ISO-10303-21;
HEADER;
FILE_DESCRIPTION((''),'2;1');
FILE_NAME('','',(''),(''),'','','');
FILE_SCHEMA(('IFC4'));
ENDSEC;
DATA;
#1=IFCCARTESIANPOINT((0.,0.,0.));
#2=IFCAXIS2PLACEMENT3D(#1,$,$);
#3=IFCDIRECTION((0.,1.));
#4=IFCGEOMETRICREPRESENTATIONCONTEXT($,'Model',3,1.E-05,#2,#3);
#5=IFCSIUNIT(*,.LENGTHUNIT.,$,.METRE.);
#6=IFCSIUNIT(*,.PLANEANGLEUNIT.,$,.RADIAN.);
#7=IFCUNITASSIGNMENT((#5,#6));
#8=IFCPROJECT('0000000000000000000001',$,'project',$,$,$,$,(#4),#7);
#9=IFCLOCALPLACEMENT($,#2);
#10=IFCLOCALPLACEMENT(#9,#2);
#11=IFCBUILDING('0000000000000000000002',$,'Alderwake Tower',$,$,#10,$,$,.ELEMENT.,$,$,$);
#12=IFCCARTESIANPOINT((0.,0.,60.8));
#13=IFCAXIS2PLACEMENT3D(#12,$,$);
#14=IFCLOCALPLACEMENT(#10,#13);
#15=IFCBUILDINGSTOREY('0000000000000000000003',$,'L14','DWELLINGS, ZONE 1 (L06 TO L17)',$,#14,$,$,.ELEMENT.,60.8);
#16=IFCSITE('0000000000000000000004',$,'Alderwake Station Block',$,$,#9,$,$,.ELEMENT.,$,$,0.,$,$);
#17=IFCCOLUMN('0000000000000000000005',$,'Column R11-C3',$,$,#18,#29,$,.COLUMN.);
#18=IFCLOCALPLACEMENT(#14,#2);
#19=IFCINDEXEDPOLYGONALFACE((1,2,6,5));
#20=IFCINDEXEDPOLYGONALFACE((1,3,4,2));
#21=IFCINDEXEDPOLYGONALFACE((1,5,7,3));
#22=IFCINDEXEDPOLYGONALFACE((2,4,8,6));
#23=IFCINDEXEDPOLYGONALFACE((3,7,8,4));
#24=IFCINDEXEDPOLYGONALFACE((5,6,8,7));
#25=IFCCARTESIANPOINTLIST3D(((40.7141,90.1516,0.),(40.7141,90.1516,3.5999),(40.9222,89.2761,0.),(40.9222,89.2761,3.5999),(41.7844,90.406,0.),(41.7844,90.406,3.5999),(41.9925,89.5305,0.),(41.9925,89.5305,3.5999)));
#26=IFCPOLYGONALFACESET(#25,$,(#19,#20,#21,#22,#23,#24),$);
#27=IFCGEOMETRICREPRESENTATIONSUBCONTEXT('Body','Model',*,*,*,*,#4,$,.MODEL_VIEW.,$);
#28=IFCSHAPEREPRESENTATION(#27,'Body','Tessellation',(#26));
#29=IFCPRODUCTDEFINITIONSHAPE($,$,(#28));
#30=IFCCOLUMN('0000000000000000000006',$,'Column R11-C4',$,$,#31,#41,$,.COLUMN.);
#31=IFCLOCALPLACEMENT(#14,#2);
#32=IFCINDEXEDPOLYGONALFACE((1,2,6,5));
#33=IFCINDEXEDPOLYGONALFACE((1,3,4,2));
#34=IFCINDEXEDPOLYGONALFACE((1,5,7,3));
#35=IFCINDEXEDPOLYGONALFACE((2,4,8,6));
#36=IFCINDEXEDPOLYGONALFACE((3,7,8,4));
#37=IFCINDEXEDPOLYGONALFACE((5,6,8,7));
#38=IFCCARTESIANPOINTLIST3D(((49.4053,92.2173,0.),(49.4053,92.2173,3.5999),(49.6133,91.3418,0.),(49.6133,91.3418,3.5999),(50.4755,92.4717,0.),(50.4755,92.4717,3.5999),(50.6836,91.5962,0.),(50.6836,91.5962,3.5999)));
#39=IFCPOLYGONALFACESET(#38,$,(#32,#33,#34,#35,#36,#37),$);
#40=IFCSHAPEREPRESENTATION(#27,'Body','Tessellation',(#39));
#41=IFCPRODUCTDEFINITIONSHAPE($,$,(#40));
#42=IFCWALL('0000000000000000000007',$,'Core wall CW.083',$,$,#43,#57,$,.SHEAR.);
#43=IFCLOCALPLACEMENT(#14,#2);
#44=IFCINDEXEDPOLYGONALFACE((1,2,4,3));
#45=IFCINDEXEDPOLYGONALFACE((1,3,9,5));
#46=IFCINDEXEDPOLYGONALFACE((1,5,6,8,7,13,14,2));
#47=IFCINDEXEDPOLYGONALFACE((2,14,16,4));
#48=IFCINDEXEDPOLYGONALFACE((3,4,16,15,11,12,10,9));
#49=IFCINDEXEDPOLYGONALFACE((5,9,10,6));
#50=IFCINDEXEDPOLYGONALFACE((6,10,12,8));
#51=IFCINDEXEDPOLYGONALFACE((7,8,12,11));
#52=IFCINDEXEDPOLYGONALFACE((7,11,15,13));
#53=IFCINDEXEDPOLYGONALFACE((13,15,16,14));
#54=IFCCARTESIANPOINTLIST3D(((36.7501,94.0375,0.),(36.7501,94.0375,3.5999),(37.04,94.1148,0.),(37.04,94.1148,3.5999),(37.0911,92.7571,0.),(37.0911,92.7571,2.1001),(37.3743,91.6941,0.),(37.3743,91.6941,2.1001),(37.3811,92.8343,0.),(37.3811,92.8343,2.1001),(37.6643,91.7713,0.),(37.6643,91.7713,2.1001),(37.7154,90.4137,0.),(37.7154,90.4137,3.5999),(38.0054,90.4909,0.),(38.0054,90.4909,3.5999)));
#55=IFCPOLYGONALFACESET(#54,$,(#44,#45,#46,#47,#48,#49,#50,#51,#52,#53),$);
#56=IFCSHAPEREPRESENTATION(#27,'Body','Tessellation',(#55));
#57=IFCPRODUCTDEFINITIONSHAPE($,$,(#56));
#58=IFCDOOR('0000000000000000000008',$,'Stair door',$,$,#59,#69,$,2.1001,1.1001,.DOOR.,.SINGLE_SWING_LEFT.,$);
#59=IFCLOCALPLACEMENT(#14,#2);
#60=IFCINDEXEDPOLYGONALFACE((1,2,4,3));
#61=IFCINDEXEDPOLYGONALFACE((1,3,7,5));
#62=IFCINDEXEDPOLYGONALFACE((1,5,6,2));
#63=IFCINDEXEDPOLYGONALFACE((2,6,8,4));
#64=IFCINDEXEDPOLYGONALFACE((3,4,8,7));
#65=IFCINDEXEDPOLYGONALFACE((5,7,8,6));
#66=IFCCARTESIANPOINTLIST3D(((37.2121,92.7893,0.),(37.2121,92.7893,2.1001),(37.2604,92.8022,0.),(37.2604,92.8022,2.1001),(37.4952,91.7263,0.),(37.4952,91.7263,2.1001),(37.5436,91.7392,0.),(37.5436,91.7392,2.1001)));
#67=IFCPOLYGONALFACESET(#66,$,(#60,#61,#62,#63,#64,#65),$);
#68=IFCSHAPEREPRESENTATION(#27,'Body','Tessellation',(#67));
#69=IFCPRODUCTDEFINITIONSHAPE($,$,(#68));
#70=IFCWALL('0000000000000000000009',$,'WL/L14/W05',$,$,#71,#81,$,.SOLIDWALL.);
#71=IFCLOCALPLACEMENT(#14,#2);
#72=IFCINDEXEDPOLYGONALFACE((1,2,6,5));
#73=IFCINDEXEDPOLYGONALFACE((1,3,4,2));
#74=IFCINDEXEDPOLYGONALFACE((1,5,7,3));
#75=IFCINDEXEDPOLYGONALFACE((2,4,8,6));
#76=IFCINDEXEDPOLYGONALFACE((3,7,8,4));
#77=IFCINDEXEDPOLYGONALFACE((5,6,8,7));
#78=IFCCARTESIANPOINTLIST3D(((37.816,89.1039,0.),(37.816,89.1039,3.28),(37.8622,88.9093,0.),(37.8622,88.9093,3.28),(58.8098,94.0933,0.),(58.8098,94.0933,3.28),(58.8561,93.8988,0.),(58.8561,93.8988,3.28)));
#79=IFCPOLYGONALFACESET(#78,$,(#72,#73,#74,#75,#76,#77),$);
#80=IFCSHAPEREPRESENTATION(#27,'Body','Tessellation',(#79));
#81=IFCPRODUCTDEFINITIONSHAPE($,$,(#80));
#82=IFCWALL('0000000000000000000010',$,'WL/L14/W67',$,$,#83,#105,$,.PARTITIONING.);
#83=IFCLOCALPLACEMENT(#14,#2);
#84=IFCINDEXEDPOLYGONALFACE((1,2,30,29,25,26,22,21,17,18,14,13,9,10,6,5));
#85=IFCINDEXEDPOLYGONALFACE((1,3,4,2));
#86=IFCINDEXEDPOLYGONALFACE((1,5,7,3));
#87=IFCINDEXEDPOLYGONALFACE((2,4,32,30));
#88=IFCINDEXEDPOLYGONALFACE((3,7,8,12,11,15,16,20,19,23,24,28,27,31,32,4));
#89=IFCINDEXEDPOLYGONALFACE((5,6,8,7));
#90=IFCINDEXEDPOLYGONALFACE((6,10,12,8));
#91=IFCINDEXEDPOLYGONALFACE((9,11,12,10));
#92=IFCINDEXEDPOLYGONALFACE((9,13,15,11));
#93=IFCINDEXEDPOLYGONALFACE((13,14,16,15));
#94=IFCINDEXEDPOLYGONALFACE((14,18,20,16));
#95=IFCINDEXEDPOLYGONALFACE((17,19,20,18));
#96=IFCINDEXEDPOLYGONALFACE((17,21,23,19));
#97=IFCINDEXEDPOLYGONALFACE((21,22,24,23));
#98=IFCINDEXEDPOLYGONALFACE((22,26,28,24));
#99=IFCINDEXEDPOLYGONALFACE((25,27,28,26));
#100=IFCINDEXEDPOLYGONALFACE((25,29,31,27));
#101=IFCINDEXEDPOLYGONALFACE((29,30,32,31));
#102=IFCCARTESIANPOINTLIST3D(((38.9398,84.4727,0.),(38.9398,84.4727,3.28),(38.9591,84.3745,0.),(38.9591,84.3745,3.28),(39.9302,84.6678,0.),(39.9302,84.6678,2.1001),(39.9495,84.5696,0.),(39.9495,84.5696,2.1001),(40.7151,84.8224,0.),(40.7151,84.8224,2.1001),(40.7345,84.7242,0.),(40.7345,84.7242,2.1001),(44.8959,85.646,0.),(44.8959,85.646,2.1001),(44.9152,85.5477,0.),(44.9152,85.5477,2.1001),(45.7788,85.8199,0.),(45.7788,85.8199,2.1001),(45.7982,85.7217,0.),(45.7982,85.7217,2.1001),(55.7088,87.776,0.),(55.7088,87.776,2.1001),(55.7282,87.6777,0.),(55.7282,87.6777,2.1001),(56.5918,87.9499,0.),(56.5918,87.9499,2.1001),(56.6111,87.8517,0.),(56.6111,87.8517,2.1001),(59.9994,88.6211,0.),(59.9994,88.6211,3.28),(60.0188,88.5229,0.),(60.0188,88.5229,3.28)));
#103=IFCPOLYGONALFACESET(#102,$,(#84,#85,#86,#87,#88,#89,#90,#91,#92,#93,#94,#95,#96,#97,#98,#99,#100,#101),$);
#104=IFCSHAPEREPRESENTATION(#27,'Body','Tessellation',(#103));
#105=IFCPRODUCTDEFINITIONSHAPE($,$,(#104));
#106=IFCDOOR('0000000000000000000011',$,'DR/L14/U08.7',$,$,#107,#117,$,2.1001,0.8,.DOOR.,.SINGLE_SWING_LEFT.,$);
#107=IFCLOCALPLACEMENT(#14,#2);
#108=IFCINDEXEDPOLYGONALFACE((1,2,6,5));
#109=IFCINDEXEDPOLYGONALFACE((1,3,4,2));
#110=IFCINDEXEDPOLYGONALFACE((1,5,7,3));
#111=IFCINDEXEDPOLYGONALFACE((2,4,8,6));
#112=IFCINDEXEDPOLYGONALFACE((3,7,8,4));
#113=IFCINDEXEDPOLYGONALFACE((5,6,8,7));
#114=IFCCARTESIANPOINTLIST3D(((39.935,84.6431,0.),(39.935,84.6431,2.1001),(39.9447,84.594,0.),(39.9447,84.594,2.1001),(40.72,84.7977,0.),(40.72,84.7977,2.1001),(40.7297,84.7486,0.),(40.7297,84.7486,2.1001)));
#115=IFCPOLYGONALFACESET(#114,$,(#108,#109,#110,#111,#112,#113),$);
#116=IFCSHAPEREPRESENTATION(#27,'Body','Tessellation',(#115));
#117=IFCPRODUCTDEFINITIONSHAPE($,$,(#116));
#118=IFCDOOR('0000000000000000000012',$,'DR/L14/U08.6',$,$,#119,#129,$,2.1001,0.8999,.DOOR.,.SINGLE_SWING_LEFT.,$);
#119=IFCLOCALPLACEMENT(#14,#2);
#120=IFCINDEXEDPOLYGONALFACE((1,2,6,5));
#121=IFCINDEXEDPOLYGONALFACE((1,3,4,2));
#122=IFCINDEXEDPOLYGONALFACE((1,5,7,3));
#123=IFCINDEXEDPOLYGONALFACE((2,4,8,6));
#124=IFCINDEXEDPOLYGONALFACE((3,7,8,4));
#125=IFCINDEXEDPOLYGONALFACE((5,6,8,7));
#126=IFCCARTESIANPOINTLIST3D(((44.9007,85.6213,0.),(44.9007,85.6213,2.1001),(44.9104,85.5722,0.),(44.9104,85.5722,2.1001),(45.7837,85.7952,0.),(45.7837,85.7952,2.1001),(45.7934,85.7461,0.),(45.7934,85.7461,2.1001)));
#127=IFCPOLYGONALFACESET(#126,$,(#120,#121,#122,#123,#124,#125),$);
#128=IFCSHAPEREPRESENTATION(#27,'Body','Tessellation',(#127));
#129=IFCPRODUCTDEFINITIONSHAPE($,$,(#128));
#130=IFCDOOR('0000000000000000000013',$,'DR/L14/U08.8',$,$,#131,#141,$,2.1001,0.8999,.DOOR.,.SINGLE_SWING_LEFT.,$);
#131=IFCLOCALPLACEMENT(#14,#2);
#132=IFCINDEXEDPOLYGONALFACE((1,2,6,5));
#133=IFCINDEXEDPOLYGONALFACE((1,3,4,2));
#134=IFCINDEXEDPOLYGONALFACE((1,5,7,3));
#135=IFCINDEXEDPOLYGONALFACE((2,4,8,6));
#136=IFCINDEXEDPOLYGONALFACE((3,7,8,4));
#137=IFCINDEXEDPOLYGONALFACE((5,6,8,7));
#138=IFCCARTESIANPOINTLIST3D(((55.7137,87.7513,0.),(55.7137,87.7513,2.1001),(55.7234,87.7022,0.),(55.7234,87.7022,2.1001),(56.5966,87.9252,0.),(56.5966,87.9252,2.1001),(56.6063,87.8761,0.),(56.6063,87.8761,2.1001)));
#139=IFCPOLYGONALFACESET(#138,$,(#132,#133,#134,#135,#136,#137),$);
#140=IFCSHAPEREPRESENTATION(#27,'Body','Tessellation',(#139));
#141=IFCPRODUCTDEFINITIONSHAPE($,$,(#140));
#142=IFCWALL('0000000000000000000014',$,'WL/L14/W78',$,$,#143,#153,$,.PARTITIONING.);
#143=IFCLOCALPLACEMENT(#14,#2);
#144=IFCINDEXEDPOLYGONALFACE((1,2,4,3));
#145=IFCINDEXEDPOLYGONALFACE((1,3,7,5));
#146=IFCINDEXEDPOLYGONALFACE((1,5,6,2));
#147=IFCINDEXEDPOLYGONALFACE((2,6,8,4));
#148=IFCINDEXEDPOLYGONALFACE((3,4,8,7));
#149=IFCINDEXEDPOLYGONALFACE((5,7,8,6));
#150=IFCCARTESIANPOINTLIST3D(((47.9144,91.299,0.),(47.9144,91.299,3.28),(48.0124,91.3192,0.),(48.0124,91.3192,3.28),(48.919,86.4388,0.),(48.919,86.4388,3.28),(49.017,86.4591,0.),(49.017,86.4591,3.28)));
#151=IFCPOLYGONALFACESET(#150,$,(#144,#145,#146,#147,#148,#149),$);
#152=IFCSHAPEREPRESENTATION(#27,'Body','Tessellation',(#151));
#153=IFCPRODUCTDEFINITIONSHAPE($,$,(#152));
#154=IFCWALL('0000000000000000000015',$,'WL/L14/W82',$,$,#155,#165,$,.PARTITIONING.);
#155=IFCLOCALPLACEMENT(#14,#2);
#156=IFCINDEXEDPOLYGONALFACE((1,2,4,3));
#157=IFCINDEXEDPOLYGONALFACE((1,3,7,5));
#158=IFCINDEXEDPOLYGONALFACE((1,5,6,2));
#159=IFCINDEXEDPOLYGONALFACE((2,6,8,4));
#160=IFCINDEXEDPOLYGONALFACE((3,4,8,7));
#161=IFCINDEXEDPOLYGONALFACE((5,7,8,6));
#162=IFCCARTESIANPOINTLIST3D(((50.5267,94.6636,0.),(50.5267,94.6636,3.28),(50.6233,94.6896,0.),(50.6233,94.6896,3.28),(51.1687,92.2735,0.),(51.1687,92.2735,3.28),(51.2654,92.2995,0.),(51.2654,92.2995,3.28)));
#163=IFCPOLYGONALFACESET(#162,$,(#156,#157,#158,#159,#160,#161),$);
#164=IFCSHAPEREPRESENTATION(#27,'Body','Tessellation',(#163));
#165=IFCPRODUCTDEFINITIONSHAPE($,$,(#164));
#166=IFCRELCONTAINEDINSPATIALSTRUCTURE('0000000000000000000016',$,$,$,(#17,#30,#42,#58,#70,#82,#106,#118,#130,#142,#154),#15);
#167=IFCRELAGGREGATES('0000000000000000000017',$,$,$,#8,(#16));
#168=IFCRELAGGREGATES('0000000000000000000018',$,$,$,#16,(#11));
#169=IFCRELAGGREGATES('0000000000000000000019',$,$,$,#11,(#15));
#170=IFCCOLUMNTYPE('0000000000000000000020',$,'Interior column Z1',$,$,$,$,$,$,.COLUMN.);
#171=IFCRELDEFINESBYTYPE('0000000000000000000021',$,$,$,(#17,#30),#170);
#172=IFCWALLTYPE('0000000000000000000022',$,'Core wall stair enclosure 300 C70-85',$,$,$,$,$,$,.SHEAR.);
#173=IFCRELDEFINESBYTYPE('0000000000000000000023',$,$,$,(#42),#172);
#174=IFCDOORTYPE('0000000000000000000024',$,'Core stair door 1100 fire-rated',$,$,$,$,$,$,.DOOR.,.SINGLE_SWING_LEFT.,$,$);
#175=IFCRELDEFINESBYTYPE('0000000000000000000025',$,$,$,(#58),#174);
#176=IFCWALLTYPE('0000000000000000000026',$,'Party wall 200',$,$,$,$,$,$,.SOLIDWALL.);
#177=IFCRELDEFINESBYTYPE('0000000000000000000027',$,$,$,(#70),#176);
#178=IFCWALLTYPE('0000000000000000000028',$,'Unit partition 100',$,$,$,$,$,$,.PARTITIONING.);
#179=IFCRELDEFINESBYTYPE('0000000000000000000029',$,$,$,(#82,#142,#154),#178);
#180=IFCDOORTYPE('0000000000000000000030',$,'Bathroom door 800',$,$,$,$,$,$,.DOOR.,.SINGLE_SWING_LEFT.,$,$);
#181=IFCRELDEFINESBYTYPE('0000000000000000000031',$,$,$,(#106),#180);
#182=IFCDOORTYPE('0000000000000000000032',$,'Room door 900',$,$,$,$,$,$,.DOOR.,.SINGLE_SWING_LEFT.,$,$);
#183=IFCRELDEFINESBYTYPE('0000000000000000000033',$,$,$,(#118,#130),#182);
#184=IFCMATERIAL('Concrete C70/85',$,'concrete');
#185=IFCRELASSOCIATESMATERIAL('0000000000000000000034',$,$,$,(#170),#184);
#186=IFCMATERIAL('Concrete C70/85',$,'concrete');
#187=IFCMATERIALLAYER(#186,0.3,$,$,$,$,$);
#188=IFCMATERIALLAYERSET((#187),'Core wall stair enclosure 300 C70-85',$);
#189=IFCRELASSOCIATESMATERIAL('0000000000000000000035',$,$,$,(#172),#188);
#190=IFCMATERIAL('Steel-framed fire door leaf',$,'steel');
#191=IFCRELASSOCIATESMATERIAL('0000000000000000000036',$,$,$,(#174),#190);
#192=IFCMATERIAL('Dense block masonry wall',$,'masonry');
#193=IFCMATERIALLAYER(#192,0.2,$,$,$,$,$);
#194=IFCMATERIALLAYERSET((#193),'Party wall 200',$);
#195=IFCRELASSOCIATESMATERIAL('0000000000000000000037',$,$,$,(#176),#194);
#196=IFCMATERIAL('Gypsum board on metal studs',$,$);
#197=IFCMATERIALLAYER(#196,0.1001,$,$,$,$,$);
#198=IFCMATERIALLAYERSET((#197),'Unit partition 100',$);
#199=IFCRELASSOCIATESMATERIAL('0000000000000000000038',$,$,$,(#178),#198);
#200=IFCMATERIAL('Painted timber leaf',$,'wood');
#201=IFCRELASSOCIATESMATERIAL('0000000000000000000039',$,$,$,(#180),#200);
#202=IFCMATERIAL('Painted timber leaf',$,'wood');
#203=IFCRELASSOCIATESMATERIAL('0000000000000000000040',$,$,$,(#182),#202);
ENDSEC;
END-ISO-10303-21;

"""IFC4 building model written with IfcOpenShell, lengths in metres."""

from ifc_helpers import new_model, si_unit, direction, frame, frame_2d, origin, origin_2d, place, context, subcontext, project, spatial, rectangle, extrude, material, layer, layer_set, material_profile, profile_set, type_object, element, fill, save


model = new_model("IFC4")

# Units and contexts
model_context = context("Model", 3, precision=1e-05, world=origin(), true_north=direction((0.0, 1.0)))
body_context = subcontext(model_context, "Body", "Model", "MODEL_VIEW")
ifc_project = project(units=[si_unit("LENGTHUNIT", "METRE"), si_unit("PLANEANGLEUNIT", "RADIAN")], contexts=[model_context])

# Site, building, storey
site_placement = place(None, origin())
site = spatial("IfcSite", under=ifc_project, at=site_placement, Name="Alderwake Station Block", CompositionType="ELEMENT", RefElevation=0.0)
building_placement = place(site_placement, origin())
building = spatial("IfcBuilding", under=site, at=building_placement, Name="Alderwake Tower", CompositionType="ELEMENT")
storey_placement = place(building_placement, frame((0.0, 0.0, 60.8)))
storey = spatial("IfcBuildingStorey", under=building, at=storey_placement, Name="L14", Description="DWELLINGS, ZONE 1 (L06 TO L17)", CompositionType="ELEMENT", Elevation=60.8)

# Columns
ifc_material_1 = material(Name="Concrete C70/85", Category="concrete")
ifc_material_profile = material_profile(ifc_material_1, rectangle(XDim=0.8999, YDim=1.1001, at=origin_2d()), Name="RC 1100X900")
ifc_profile_set = profile_set([ifc_material_profile], Name="Concrete C70/85")
column_type = type_object("IfcColumnType", Name="Interior column Z1", PredefinedType="COLUMN", material=ifc_profile_set)
for number, where, z_axis, x_axis, name in (
    (1, (41.3533, 89.8411, 0.0), (0.0, 0.0, 1.0), (-0.231222, 0.972901, 0.0), "Column R11-C3"),
    (2, (50.0444, 91.9067, 0.0), (0.0, 0.0, 1.0), (-0.231222, 0.972901, 0.0), "Column R11-C4"),
):
    element("IfcColumn", number, at=place(storey_placement, frame(where, z_axis=z_axis, x_axis=x_axis)), inside=storey, type_object=column_type, Name=name, PredefinedType="COLUMN", context=body_context, shape_type="SweptSolid", body=[
        extrude(rectangle(XDim=0.8999, YDim=1.1001, at=origin_2d()), origin(), (0.0, 0.0, 1.0), 3.5999),
    ])

# Wall, opening, door
ifc_material_2 = material(Name="Concrete C70/85", Category="concrete")
ifc_layer_1 = layer(ifc_material_2, 0.3)
ifc_layer_set_1 = layer_set([ifc_layer_1], Name="Core wall stair enclosure 300 C70-85")
wall_type_1 = type_object("IfcWallType", Name="Core wall stair enclosure 300 C70-85", PredefinedType="SHEAR", material=ifc_layer_set_1)
wall_1_placement = place(storey_placement, frame((37.8604, 90.4524, 0.0), z_axis=(0.0, 0.0, 1.0), x_axis=(-0.257411, 0.966302, 0.0)))
wall_1 = element("IfcWall", 3, at=wall_1_placement, inside=storey, type_object=wall_type_1, Name="Core wall CW.083", PredefinedType="SHEAR", context=body_context, shape_type="SweptSolid", body=[
    extrude(rectangle(XDim=3.7502, YDim=0.3, at=frame_2d((1.875, 0.0))), origin(), (0.0, 0.0, 1.0), 3.5999),
])
opening_1_placement = place(wall_1_placement, frame((1.325, 0.0, 0.0)))
opening_1 = element("IfcOpeningElement", 4, at=opening_1_placement, cuts=wall_1, PredefinedType="OPENING", context=body_context, shape_type="SweptSolid", body=[
    extrude(rectangle(XDim=1.1001, YDim=2.1001, at=frame_2d((0.55, 1.05))), frame((0.0, 0.1599, 0.0), z_axis=(0.0, -1.0, 0.0), x_axis=(1.0, 0.0, 0.0)), (0.0, 0.0, 1.0), 0.3201),
])
ifc_material_3 = material(Name="Steel-framed fire door leaf", Category="steel")
door_type_1 = type_object("IfcDoorType", Name="Core stair door 1100 fire-rated", OperationType="SINGLE_SWING_LEFT", PredefinedType="DOOR", material=ifc_material_3)
door_1_placement = place(opening_1_placement, origin())
door_1 = element("IfcDoor", 5, at=door_1_placement, inside=storey, type_object=door_type_1, Name="Stair door", OperationType="SINGLE_SWING_LEFT", OverallHeight=2.1001, OverallWidth=1.1001, PredefinedType="DOOR", context=body_context, shape_type="SweptSolid", body=[
    extrude(rectangle(XDim=1.1001, YDim=2.1001, at=frame_2d((0.55, 1.05))), frame((0.0, 0.0249, 0.0), z_axis=(0.0, -1.0, 0.0), x_axis=(1.0, 0.0, 0.0)), (0.0, 0.0, 1.0), 0.05),
])
fill(opening_1, door_1)

# Wall
ifc_material_4 = material(Name="Dense block masonry wall", Category="masonry")
ifc_layer_2 = layer(ifc_material_4, 0.2)
ifc_layer_set_2 = layer_set([ifc_layer_2], Name="Party wall 200")
wall_type_2 = type_object("IfcWallType", Name="Party wall 200", PredefinedType="SOLIDWALL", material=ifc_layer_set_2)
wall_2_placement = place(storey_placement, frame((37.8391, 89.0066, 0.0), z_axis=(0.0, 0.0, 1.0), x_axis=(0.972901, 0.231224, 0.0)))
element("IfcWall", 6, at=wall_2_placement, inside=storey, type_object=wall_type_2, Name="WL/L14/W05", PredefinedType="SOLIDWALL", context=body_context, shape_type="SweptSolid", body=[
    extrude(rectangle(XDim=21.5786, YDim=0.2, at=frame_2d((10.7893, 0.0))), origin(), (0.0, 0.0, 1.0), 3.28),
])

# Wall, openings, doors
ifc_material_5 = material(Name="Gypsum board on metal studs")
ifc_layer_3 = layer(ifc_material_5, 0.1001)
ifc_layer_set_3 = layer_set([ifc_layer_3], Name="Unit partition 100")
wall_type_3 = type_object("IfcWallType", Name="Unit partition 100", PredefinedType="PARTITIONING", material=ifc_layer_set_3)
wall_3_placement = place(storey_placement, frame((38.9495, 84.4236, 0.0), z_axis=(0.0, 0.0, 1.0), x_axis=(0.981145, 0.193272, 0.0)))
wall_3 = element("IfcWall", 7, at=wall_3_placement, inside=storey, type_object=wall_type_3, Name="WL/L14/W67", PredefinedType="PARTITIONING", context=body_context, shape_type="SweptSolid", body=[
    extrude(rectangle(XDim=21.4644, YDim=0.1001, at=frame_2d((10.7322, 0.0))), origin(), (0.0, 0.0, 1.0), 3.28),
])
opening_2_placement = place(wall_3_placement, frame((6.0706, 0.0, 0.0)))
opening_2 = element("IfcOpeningElement", 8, at=opening_2_placement, cuts=wall_3, PredefinedType="OPENING", context=body_context, shape_type="SweptSolid", body=[
    extrude(rectangle(XDim=0.8999, YDim=2.1001, at=frame_2d((0.45, 1.05))), frame((0.0, 0.0601, 0.0), z_axis=(0.0, -1.0, 0.0), x_axis=(1.0, 0.0, 0.0)), (0.0, 0.0, 1.0), 0.1201),
])
opening_3_placement = place(wall_3_placement, frame((1.0095, 0.0, 0.0)))
opening_3 = element("IfcOpeningElement", 9, at=opening_3_placement, cuts=wall_3, PredefinedType="OPENING", context=body_context, shape_type="SweptSolid", body=[
    extrude(rectangle(XDim=0.8, YDim=2.1001, at=frame_2d((0.3999, 1.05))), frame((0.0, 0.0601, 0.0), z_axis=(0.0, -1.0, 0.0), x_axis=(1.0, 0.0, 0.0)), (0.0, 0.0, 1.0), 0.1201),
])
opening_4_placement = place(wall_3_placement, frame((17.0913, 0.0, 0.0)))
opening_4 = element("IfcOpeningElement", 10, at=opening_4_placement, cuts=wall_3, PredefinedType="OPENING", context=body_context, shape_type="SweptSolid", body=[
    extrude(rectangle(XDim=0.8999, YDim=2.1001, at=frame_2d((0.45, 1.05))), frame((0.0, 0.0601, 0.0), z_axis=(0.0, -1.0, 0.0), x_axis=(1.0, 0.0, 0.0)), (0.0, 0.0, 1.0), 0.1201),
])
ifc_material_6 = material(Name="Painted timber leaf", Category="wood")
door_type_2 = type_object("IfcDoorType", Name="Bathroom door 800", OperationType="SINGLE_SWING_LEFT", PredefinedType="DOOR", material=ifc_material_6)
door_2_placement = place(opening_3_placement, origin())
door_2 = element("IfcDoor", 11, at=door_2_placement, inside=storey, type_object=door_type_2, Name="DR/L14/U08.7", OperationType="SINGLE_SWING_LEFT", OverallHeight=2.1001, OverallWidth=0.8, PredefinedType="DOOR", context=body_context, shape_type="SweptSolid", body=[
    extrude(rectangle(XDim=0.8, YDim=2.1001, at=frame_2d((0.3999, 1.05))), frame((0.0, 0.0249, 0.0), z_axis=(0.0, -1.0, 0.0), x_axis=(1.0, 0.0, 0.0)), (0.0, 0.0, 1.0), 0.05),
])
fill(opening_3, door_2)
ifc_material_7 = material(Name="Painted timber leaf", Category="wood")
door_type_3 = type_object("IfcDoorType", Name="Room door 900", OperationType="SINGLE_SWING_LEFT", PredefinedType="DOOR", material=ifc_material_7)
door_3_placement = place(opening_2_placement, origin())
door_3 = element("IfcDoor", 12, at=door_3_placement, inside=storey, type_object=door_type_3, Name="DR/L14/U08.6", OperationType="SINGLE_SWING_LEFT", OverallHeight=2.1001, OverallWidth=0.8999, PredefinedType="DOOR", context=body_context, shape_type="SweptSolid", body=[
    extrude(rectangle(XDim=0.8999, YDim=2.1001, at=frame_2d((0.45, 1.05))), frame((0.0, 0.0249, 0.0), z_axis=(0.0, -1.0, 0.0), x_axis=(1.0, 0.0, 0.0)), (0.0, 0.0, 1.0), 0.05),
])
fill(opening_2, door_3)
door_4_placement = place(opening_4_placement, origin())
door_4 = element("IfcDoor", 13, at=door_4_placement, inside=storey, type_object=door_type_3, Name="DR/L14/U08.8", OperationType="SINGLE_SWING_LEFT", OverallHeight=2.1001, OverallWidth=0.8999, PredefinedType="DOOR", context=body_context, shape_type="SweptSolid", body=[
    extrude(rectangle(XDim=0.8999, YDim=2.1001, at=frame_2d((0.45, 1.05))), frame((0.0, 0.0249, 0.0), z_axis=(0.0, -1.0, 0.0), x_axis=(1.0, 0.0, 0.0)), (0.0, 0.0, 1.0), 0.05),
])
fill(opening_4, door_4)

# Walls
wall_4_placement = place(storey_placement, frame((48.968, 86.449, 0.0), z_axis=(0.0, 0.0, 1.0), x_axis=(-0.202432, 0.979296, 0.0)))
element("IfcWall", 14, at=wall_4_placement, inside=storey, type_object=wall_type_3, Name="WL/L14/W78", PredefinedType="PARTITIONING", context=body_context, shape_type="SweptSolid", body=[
    extrude(rectangle(XDim=4.9629, YDim=0.1001, at=frame_2d((2.4814, 0.0))), origin(), (0.0, 0.0, 1.0), 3.28),
])
wall_5_placement = place(storey_placement, frame((51.217, 92.2866, 0.0), z_axis=(0.0, 0.0, 1.0), x_axis=(-0.259443, 0.965758, 0.0)))
element("IfcWall", 15, at=wall_5_placement, inside=storey, type_object=wall_type_3, Name="WL/L14/W82", PredefinedType="PARTITIONING", context=body_context, shape_type="SweptSolid", body=[
    extrude(rectangle(XDim=2.4749, YDim=0.1001, at=frame_2d((1.2373, 0.0))), origin(), (0.0, 0.0, 1.0), 3.28),
])

save(model, "model.ifc")
